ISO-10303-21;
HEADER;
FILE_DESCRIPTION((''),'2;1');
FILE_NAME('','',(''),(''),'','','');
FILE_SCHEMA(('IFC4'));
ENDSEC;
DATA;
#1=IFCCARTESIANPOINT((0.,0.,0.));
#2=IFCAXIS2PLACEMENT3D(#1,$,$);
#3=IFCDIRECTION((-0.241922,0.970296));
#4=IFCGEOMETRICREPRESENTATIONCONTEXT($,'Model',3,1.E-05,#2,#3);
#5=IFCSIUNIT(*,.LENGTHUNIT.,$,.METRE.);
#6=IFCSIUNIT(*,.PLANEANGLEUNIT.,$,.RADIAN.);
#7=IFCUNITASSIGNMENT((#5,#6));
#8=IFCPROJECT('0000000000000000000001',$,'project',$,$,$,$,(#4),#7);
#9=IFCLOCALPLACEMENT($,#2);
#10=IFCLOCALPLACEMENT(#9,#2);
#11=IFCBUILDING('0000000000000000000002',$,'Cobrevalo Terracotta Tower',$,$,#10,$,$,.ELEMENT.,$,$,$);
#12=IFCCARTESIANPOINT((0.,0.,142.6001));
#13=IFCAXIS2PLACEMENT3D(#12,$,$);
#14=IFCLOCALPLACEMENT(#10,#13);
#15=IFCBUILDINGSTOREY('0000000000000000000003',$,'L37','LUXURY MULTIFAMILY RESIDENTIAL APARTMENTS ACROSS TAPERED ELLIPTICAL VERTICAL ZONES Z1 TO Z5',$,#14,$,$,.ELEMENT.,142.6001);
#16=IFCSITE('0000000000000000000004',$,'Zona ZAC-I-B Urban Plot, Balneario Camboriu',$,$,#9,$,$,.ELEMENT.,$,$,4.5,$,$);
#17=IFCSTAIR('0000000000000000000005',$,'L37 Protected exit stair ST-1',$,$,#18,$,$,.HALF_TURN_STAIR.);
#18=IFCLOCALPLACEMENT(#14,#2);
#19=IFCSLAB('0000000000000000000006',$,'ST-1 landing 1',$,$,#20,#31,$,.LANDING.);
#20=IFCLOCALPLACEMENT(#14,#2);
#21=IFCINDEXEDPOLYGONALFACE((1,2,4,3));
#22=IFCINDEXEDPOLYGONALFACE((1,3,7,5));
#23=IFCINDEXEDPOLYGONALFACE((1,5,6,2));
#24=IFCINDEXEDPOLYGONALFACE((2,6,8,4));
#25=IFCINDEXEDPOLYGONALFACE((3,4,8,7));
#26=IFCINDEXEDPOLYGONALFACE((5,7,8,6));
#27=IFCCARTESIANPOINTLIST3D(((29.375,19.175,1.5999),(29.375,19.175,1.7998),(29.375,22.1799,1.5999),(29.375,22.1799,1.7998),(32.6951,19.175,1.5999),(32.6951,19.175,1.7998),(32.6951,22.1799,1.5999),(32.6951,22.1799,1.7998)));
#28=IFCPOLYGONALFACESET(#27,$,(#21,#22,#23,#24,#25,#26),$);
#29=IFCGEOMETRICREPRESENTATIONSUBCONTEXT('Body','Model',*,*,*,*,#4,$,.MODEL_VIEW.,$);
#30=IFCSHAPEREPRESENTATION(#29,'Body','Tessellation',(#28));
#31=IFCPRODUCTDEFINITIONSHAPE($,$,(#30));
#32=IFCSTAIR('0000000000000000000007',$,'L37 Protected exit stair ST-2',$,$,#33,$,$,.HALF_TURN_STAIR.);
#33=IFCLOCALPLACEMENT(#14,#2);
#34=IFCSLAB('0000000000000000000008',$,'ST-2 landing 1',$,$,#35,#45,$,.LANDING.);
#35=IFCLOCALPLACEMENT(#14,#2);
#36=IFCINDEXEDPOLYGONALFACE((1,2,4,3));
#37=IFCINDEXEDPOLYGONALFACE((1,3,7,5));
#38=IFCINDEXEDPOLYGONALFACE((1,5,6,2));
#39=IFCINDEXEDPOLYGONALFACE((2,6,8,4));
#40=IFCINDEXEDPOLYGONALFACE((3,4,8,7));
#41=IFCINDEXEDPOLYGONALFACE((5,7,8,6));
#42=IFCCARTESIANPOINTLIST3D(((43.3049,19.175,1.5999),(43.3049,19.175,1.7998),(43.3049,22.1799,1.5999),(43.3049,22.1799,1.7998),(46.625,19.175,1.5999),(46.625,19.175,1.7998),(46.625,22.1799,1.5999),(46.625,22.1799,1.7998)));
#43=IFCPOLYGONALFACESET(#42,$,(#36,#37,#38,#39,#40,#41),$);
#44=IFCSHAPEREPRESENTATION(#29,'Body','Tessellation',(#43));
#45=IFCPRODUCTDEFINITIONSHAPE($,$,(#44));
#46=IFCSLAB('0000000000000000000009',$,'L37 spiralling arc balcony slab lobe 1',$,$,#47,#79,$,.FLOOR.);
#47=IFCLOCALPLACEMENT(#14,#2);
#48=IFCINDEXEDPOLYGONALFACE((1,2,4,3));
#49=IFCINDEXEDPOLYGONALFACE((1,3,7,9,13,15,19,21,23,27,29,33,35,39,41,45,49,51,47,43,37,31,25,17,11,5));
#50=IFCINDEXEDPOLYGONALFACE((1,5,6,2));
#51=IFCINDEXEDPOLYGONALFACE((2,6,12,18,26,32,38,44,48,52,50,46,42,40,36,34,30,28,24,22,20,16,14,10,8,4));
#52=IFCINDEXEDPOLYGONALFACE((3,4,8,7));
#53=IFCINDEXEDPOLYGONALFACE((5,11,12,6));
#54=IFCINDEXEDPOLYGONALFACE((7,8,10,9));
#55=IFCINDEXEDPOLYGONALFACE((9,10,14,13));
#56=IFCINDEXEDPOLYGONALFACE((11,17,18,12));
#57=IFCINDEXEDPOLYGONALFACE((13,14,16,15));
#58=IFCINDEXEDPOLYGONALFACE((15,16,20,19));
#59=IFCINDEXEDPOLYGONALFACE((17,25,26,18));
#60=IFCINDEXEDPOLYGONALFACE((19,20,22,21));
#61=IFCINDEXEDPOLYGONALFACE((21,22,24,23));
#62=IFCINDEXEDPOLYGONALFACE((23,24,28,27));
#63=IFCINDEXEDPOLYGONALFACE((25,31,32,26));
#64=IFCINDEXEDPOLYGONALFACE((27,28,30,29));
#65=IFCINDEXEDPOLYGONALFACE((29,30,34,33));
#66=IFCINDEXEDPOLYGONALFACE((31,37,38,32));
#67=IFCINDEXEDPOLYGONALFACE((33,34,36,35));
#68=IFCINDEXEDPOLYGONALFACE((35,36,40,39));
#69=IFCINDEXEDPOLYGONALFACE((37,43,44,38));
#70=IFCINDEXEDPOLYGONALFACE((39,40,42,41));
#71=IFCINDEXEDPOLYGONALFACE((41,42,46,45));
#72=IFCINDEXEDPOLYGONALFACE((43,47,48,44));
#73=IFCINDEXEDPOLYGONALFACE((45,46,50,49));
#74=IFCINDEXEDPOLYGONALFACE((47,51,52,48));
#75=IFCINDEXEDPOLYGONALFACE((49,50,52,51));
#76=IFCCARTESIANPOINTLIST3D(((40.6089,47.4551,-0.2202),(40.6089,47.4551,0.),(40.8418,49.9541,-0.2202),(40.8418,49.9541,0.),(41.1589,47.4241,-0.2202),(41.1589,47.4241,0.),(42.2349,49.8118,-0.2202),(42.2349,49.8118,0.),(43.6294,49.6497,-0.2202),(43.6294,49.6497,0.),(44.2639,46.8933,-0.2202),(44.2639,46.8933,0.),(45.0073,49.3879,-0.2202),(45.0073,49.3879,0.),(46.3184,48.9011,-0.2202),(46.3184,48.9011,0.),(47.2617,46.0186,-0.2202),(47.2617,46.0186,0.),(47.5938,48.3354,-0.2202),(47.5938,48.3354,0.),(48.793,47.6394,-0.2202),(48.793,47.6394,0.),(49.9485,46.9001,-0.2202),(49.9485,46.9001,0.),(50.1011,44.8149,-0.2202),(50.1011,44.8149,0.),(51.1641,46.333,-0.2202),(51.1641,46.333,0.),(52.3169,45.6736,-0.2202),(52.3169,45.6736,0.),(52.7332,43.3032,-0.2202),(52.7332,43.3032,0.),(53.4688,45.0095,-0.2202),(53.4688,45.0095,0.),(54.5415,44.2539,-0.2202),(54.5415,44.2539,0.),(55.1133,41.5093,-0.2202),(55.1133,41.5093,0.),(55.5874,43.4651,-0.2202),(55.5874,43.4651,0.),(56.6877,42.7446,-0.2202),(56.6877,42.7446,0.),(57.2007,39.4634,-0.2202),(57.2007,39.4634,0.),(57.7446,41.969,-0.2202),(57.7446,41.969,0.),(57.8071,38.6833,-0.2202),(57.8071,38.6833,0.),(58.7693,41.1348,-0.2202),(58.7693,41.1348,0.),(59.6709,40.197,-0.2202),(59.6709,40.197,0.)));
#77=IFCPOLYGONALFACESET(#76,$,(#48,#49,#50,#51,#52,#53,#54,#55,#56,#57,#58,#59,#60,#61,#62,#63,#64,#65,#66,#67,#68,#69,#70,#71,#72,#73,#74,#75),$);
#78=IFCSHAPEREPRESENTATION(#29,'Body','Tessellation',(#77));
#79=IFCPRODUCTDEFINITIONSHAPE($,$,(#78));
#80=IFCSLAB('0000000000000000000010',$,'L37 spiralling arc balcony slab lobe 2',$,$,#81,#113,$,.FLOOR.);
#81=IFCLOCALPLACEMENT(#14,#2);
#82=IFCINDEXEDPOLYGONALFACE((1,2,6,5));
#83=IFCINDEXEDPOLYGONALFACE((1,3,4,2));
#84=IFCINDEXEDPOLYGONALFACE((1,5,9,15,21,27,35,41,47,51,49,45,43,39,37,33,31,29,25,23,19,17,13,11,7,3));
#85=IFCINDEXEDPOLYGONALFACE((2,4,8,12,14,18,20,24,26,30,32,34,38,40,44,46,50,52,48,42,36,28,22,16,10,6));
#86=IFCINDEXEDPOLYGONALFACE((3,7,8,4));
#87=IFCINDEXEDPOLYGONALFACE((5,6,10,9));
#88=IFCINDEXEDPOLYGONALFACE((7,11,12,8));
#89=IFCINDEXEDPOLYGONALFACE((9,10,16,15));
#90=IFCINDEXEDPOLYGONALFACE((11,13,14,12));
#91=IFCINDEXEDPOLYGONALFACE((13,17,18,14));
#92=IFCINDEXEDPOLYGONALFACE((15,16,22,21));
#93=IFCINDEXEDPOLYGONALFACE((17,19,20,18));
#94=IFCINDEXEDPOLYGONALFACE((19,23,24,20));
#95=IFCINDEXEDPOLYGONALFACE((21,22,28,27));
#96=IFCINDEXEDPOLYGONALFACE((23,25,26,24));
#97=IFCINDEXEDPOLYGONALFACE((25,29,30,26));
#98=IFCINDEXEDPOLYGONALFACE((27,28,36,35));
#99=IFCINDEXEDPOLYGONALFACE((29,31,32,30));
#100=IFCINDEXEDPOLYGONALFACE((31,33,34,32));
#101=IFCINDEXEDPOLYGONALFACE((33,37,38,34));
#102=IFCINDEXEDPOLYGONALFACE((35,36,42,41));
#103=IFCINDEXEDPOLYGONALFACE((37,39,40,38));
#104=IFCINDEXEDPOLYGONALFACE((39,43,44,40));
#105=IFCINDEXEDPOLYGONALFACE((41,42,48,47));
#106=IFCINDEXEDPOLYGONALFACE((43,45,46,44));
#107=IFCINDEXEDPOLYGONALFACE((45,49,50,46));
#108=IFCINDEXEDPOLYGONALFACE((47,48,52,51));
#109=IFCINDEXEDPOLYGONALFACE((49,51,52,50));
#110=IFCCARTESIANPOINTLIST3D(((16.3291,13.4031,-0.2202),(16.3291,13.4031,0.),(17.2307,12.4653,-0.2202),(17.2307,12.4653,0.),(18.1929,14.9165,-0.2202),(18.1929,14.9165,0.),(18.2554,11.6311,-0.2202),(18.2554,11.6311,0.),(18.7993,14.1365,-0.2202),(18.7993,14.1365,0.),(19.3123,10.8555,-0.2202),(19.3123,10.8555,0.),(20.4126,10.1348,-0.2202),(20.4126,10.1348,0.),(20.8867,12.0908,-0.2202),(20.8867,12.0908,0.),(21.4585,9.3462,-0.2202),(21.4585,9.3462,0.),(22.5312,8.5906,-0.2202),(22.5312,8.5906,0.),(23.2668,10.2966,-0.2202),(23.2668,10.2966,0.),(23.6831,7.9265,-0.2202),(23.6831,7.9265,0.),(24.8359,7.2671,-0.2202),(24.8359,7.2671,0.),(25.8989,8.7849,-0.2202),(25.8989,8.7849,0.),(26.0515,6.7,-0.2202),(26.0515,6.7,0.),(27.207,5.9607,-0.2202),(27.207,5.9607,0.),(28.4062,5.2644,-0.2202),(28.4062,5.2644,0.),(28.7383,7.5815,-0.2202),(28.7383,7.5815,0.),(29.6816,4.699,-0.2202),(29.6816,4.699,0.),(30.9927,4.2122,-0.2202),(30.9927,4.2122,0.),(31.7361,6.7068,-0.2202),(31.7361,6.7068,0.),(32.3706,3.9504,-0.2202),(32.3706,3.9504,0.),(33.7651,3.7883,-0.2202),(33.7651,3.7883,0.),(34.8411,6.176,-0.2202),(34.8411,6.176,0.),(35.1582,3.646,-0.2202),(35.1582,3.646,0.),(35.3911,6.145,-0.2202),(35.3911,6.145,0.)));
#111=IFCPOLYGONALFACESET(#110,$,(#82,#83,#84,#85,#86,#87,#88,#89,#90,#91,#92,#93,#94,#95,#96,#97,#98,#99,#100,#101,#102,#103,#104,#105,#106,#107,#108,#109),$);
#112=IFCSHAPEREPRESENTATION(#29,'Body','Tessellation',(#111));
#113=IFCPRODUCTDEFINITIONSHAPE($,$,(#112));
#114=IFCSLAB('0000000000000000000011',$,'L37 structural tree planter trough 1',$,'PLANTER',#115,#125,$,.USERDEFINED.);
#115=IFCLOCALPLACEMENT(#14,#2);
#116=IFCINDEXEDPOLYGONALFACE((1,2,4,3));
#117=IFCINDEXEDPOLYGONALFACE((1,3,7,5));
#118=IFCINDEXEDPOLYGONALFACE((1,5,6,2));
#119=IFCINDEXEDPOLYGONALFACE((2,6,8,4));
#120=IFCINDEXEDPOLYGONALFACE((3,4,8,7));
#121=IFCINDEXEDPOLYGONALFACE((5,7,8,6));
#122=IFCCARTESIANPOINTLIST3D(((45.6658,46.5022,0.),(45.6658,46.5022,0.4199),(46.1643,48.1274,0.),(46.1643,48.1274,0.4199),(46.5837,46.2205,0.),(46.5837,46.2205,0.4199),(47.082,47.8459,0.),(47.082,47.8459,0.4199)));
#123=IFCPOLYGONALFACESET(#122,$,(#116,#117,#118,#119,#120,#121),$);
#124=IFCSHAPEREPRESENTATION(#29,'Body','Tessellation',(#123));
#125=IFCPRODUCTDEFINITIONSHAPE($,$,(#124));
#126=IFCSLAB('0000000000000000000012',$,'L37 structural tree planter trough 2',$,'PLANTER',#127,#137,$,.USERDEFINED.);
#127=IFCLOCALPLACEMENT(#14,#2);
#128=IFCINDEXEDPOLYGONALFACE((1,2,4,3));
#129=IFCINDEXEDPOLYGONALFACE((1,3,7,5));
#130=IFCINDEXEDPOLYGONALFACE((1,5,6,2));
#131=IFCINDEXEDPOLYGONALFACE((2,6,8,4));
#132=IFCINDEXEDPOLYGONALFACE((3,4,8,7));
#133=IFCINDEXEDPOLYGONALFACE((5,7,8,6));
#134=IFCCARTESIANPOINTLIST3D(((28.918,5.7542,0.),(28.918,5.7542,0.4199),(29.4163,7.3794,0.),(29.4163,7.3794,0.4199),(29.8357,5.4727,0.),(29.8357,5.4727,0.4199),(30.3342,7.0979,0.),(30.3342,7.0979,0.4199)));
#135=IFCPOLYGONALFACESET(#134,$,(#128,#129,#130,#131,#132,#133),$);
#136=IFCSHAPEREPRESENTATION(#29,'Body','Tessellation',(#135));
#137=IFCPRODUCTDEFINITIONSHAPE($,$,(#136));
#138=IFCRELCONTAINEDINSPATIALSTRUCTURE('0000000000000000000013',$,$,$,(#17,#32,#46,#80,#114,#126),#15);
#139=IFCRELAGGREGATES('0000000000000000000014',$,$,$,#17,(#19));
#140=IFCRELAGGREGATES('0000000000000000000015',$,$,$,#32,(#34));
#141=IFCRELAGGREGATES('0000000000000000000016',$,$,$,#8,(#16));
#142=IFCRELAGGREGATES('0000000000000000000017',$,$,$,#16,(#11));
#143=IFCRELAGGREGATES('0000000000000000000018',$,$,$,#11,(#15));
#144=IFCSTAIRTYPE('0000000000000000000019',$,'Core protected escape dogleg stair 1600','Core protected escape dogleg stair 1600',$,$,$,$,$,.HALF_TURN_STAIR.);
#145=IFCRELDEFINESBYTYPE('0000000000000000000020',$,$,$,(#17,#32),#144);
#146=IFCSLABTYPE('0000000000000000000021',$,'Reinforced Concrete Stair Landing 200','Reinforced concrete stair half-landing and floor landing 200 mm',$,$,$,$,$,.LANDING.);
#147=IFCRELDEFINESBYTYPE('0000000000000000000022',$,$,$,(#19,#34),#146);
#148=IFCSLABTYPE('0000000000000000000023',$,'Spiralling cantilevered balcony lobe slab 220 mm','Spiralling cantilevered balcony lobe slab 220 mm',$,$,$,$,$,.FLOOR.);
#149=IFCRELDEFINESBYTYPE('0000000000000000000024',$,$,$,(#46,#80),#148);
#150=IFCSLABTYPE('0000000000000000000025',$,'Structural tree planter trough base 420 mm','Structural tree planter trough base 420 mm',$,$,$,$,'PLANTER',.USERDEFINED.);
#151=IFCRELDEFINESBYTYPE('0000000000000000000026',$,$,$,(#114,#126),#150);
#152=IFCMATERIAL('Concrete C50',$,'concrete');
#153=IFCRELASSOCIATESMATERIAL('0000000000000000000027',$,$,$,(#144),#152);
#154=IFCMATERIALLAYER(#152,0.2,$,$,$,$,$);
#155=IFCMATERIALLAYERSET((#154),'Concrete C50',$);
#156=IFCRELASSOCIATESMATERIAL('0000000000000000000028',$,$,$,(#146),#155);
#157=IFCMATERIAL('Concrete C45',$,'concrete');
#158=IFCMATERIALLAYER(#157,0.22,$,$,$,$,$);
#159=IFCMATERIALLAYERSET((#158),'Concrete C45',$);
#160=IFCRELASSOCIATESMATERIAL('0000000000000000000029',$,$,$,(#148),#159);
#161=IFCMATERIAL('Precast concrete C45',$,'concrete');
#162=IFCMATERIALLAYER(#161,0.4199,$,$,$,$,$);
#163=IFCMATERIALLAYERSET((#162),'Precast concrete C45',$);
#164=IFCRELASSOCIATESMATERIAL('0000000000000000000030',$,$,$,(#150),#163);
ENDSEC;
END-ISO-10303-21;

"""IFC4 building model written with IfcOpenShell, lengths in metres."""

from ifc_helpers import new_model, si_unit, direction, frame, origin, place, context, subcontext, project, spatial, polyline, outline, extrude, material, layer, layer_set, type_object, element, aggregate, save


model = new_model("IFC4")

# Units and contexts
model_context = context("Model", 3, precision=1e-05, world=origin(), true_north=direction((-0.241922, 0.970296)))
body_context = subcontext(model_context, "Body", "Model", "MODEL_VIEW")
ifc_project = project(units=[si_unit("LENGTHUNIT", "METRE"), si_unit("PLANEANGLEUNIT", "RADIAN")], contexts=[model_context])

# Site, building, storey
site_placement = place(None, origin())
site = spatial("IfcSite", under=ifc_project, at=site_placement, Name="Zona ZAC-I-B Urban Plot, Balneario Camboriu", CompositionType="ELEMENT", RefElevation=4.5)
building_placement = place(site_placement, origin())
building = spatial("IfcBuilding", under=site, at=building_placement, Name="Cobrevalo Terracotta Tower", CompositionType="ELEMENT")
storey_placement = place(building_placement, frame((0.0, 0.0, 142.6001)))
storey = spatial("IfcBuildingStorey", under=building, at=storey_placement, Name="L37", Description="LUXURY MULTIFAMILY RESIDENTIAL APARTMENTS ACROSS TAPERED ELLIPTICAL VERTICAL ZONES Z1 TO Z5", CompositionType="ELEMENT", Elevation=142.6001)

# Stairs, slabs
ifc_material_1 = material(Name="Concrete C50", Category="concrete")
stair_type = type_object("IfcStairType", Name="Core protected escape dogleg stair 1600", Description="Core protected escape dogleg stair 1600", PredefinedType="HALF_TURN_STAIR", material=ifc_material_1)
stair_1_placement = place(storey_placement, origin())
stair_1 = element("IfcStair", 1, at=stair_1_placement, inside=storey, type_object=stair_type, Name="L37 Protected exit stair ST-1", PredefinedType="HALF_TURN_STAIR")
ifc_layer_1 = layer(ifc_material_1, 0.2)
ifc_layer_set_1 = layer_set([ifc_layer_1], Name="Concrete C50")
slab_type_1 = type_object("IfcSlabType", Name="Reinforced Concrete Stair Landing 200", Description="Reinforced concrete stair half-landing and floor landing 200 mm", PredefinedType="LANDING", material=ifc_layer_set_1)
slab_1_placement = place(storey_placement, frame((0.0, 0.0, 1.5999)))
slab_1 = element("IfcSlab", 2, at=slab_1_placement, type_object=slab_type_1, Name="ST-1 landing 1", PredefinedType="LANDING", context=body_context, shape_type="SweptSolid", body=[
    extrude(outline(polyline([(29.375, 22.1799), (29.375, 19.175), (32.6951, 19.175), (32.6951, 22.1799), (29.375, 22.1799)])), origin(), (0.0, 0.0, 1.0), 0.2),
])
aggregate(stair_1, [slab_1])
stair_2_placement = place(storey_placement, origin())
stair_2 = element("IfcStair", 3, at=stair_2_placement, inside=storey, type_object=stair_type, Name="L37 Protected exit stair ST-2", PredefinedType="HALF_TURN_STAIR")
slab_2_placement = place(storey_placement, frame((0.0, 0.0, 1.5999)))
slab_2 = element("IfcSlab", 4, at=slab_2_placement, type_object=slab_type_1, Name="ST-2 landing 1", PredefinedType="LANDING", context=body_context, shape_type="SweptSolid", body=[
    extrude(outline(polyline([(43.3049, 22.1799), (43.3049, 19.175), (46.625, 19.175), (46.625, 22.1799), (43.3049, 22.1799)])), origin(), (0.0, 0.0, 1.0), 0.2),
])
aggregate(stair_2, [slab_2])

# Slabs
ifc_material_2 = material(Name="Concrete C45", Category="concrete")
ifc_layer_2 = layer(ifc_material_2, 0.22)
ifc_layer_set_2 = layer_set([ifc_layer_2], Name="Concrete C45")
slab_type_2 = type_object("IfcSlabType", Name="Spiralling cantilevered balcony lobe slab 220 mm", Description="Spiralling cantilevered balcony lobe slab 220 mm", PredefinedType="FLOOR", material=ifc_layer_set_2)
slab_3_placement = place(storey_placement, frame((0.0, 0.0, -0.2202)))
element("IfcSlab", 5, at=slab_3_placement, inside=storey, type_object=slab_type_2, Name="L37 spiralling arc balcony slab lobe 1", PredefinedType="FLOOR", context=body_context, shape_type="SweptSolid", body=[
    extrude(outline(polyline([(59.6709, 40.197), (58.7693, 41.1348), (57.7446, 41.969), (56.6877, 42.7446), (55.5874, 43.4651), (54.5415, 44.2539), (53.4688, 45.0095), (52.3169, 45.6736), (51.1641, 46.333), (49.9485, 46.9001), (48.793, 47.6394), (47.5938, 48.3354), (46.3184, 48.9011), (45.0073, 49.3879), (43.6294, 49.6497), (42.2349, 49.8118), (40.8418, 49.9541), (40.6089, 47.4551), (41.1589, 47.4241), (44.2639, 46.8933), (47.2617, 46.0186), (50.1011, 44.8149), (52.7332, 43.3032), (55.1133, 41.5093), (57.2007, 39.4634), (57.8071, 38.6833), (59.6709, 40.197)])), origin(), (0.0, 0.0, 1.0), 0.2202),
])
slab_4_placement = place(storey_placement, frame((0.0, 0.0, -0.2202)))
element("IfcSlab", 6, at=slab_4_placement, inside=storey, type_object=slab_type_2, Name="L37 spiralling arc balcony slab lobe 2", PredefinedType="FLOOR", context=body_context, shape_type="SweptSolid", body=[
    extrude(outline(polyline([(16.3291, 13.4031), (17.2307, 12.4653), (18.2554, 11.6311), (19.3123, 10.8555), (20.4126, 10.1348), (21.4585, 9.3462), (22.5312, 8.5906), (23.6831, 7.9265), (24.8359, 7.2671), (26.0515, 6.7), (27.207, 5.9607), (28.4062, 5.2644), (29.6816, 4.699), (30.9927, 4.2122), (32.3706, 3.9504), (33.7651, 3.7883), (35.1582, 3.646), (35.3911, 6.145), (34.8411, 6.176), (31.7361, 6.7068), (28.7383, 7.5815), (25.8989, 8.7849), (23.2668, 10.2966), (20.8867, 12.0908), (18.7993, 14.1365), (18.1929, 14.9165), (16.3291, 13.4031)])), origin(), (0.0, 0.0, 1.0), 0.2202),
])
ifc_material_3 = material(Name="Precast concrete C45", Category="concrete")
ifc_layer_3 = layer(ifc_material_3, 0.4199)
ifc_layer_set_3 = layer_set([ifc_layer_3], Name="Precast concrete C45")
slab_type_3 = type_object("IfcSlabType", Name="Structural tree planter trough base 420 mm", Description="Structural tree planter trough base 420 mm", ElementType="PLANTER", PredefinedType="USERDEFINED", material=ifc_layer_set_3)
slab_5_placement = place(storey_placement, origin())
element("IfcSlab", 7, at=slab_5_placement, inside=storey, type_object=slab_type_3, Name="L37 structural tree planter trough 1", ObjectType="PLANTER", PredefinedType="USERDEFINED", context=body_context, shape_type="SweptSolid", body=[
    extrude(outline(polyline([(46.5837, 46.2205), (47.082, 47.8459), (46.1643, 48.1274), (45.6658, 46.5022), (46.5837, 46.2205)])), origin(), (0.0, 0.0, 1.0), 0.4199),
])
slab_6_placement = place(storey_placement, origin())
element("IfcSlab", 8, at=slab_6_placement, inside=storey, type_object=slab_type_3, Name="L37 structural tree planter trough 2", ObjectType="PLANTER", PredefinedType="USERDEFINED", context=body_context, shape_type="SweptSolid", body=[
    extrude(outline(polyline([(29.4163, 7.3794), (28.918, 5.7542), (29.8357, 5.4727), (30.3342, 7.0979), (29.4163, 7.3794)])), origin(), (0.0, 0.0, 1.0), 0.4199),
])

save(model, "model.ifc")
